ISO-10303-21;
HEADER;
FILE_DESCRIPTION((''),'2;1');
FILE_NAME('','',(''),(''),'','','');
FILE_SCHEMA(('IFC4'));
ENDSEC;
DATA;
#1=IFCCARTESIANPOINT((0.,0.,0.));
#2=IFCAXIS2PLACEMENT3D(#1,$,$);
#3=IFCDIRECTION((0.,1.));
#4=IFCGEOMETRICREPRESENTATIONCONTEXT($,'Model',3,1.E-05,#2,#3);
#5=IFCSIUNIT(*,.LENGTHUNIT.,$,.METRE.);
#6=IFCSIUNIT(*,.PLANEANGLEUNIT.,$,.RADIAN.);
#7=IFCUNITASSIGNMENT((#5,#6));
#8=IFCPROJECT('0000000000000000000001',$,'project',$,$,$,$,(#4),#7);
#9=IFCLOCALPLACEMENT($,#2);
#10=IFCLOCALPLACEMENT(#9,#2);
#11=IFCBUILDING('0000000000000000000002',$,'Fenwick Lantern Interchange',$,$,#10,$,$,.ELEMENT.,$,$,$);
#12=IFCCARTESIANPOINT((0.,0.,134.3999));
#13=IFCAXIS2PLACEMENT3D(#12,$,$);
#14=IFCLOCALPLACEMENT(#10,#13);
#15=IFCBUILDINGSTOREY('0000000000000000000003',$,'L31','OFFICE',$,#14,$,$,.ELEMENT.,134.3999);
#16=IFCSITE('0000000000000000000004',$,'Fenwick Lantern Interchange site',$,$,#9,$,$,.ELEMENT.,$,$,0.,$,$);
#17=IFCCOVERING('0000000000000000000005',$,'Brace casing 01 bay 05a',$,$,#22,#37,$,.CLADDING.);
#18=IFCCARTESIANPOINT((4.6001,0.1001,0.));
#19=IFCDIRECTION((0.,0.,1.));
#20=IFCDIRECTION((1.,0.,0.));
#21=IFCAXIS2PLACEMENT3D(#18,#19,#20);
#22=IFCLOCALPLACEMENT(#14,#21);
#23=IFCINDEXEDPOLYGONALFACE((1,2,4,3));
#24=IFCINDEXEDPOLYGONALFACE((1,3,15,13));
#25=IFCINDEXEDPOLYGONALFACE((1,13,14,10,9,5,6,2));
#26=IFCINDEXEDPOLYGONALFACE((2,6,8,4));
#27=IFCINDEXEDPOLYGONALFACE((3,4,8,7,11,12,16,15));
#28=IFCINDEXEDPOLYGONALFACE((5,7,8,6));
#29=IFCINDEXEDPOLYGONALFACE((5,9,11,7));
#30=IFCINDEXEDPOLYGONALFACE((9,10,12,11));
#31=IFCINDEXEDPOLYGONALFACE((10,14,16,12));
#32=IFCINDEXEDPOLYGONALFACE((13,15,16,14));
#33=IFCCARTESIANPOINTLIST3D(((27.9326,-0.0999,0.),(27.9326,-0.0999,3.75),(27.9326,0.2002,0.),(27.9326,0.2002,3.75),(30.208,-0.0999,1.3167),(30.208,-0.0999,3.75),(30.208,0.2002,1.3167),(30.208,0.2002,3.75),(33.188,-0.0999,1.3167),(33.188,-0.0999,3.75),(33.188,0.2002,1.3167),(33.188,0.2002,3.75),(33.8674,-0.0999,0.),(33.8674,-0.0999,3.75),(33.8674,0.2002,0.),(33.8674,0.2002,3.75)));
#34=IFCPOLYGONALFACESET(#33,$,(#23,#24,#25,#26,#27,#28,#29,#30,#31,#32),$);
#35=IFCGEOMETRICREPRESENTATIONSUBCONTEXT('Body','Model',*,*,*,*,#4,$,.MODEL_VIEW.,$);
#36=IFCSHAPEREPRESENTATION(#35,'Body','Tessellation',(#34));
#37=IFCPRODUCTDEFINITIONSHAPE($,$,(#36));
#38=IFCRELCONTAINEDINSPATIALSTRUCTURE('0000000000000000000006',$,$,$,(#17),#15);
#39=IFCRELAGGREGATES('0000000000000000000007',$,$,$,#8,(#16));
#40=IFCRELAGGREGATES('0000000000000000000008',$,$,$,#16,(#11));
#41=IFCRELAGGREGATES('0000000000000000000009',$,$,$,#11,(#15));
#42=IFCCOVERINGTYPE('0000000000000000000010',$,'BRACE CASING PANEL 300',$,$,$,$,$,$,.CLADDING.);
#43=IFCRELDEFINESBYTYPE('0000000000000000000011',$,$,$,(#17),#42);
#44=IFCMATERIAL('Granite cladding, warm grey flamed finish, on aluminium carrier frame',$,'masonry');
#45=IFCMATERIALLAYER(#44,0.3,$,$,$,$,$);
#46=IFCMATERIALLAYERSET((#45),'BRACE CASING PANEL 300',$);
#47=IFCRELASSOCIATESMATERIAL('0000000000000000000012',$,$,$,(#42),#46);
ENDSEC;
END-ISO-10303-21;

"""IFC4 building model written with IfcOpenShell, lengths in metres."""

from ifc_helpers import new_model, si_unit, direction, frame, origin, place, context, subcontext, project, spatial, polyline, outline, extrude, material, layer, layer_set, type_object, element, save


model = new_model("IFC4")

# Units and contexts
model_context = context("Model", 3, precision=1e-05, world=origin(), true_north=direction((0.0, 1.0)))
body_context = subcontext(model_context, "Body", "Model", "MODEL_VIEW")
ifc_project = project(units=[si_unit("LENGTHUNIT", "METRE"), si_unit("PLANEANGLEUNIT", "RADIAN")], contexts=[model_context])

# Site, building, storey
site_placement = place(None, origin())
site = spatial("IfcSite", under=ifc_project, at=site_placement, Name="Fenwick Lantern Interchange site", CompositionType="ELEMENT", RefElevation=0.0)
building_placement = place(site_placement, origin())
building = spatial("IfcBuilding", under=site, at=building_placement, Name="Fenwick Lantern Interchange", CompositionType="ELEMENT")
storey_placement = place(building_placement, frame((0.0, 0.0, 134.3999)))
storey = spatial("IfcBuildingStorey", under=building, at=storey_placement, Name="L31", Description="OFFICE", CompositionType="ELEMENT", Elevation=134.3999)

# Covering
ifc_material_1 = material(Name="Granite cladding, warm grey flamed finish, on aluminium carrier frame", Category="masonry")
ifc_layer_1 = layer(ifc_material_1, 0.3)
ifc_layer_set_1 = layer_set([ifc_layer_1], Name="BRACE CASING PANEL 300")
covering_type_1 = type_object("IfcCoveringType", Name="BRACE CASING PANEL 300", PredefinedType="CLADDING", material=ifc_layer_set_1)
covering_1_placement = place(storey_placement, frame((4.6001, 0.1001, 0.0), z_axis=(0.0, 0.0, 1.0), x_axis=(1.0, 0.0, 0.0)))
element("IfcCovering", 1, at=covering_1_placement, inside=storey, type_object=covering_type_1, Name="Brace casing 01 bay 05a", PredefinedType="CLADDING", context=body_context, shape_type="SweptSolid", body=[
    extrude(outline(polyline([(27.9326, 0.0), (33.8674, 0.0), (33.8674, 3.75), (33.188, 3.75), (33.188, 1.3167), (30.208, 1.3167), (30.208, 3.75), (27.9326, 3.75), (27.9326, 0.0)])), frame((0.0, 0.2002, 0.0), z_axis=(0.0, -1.0, 0.0), x_axis=(1.0, 0.0, 0.0)), (0.0, 0.0, 1.0), 0.3),
])

save(model, "model.ifc")
